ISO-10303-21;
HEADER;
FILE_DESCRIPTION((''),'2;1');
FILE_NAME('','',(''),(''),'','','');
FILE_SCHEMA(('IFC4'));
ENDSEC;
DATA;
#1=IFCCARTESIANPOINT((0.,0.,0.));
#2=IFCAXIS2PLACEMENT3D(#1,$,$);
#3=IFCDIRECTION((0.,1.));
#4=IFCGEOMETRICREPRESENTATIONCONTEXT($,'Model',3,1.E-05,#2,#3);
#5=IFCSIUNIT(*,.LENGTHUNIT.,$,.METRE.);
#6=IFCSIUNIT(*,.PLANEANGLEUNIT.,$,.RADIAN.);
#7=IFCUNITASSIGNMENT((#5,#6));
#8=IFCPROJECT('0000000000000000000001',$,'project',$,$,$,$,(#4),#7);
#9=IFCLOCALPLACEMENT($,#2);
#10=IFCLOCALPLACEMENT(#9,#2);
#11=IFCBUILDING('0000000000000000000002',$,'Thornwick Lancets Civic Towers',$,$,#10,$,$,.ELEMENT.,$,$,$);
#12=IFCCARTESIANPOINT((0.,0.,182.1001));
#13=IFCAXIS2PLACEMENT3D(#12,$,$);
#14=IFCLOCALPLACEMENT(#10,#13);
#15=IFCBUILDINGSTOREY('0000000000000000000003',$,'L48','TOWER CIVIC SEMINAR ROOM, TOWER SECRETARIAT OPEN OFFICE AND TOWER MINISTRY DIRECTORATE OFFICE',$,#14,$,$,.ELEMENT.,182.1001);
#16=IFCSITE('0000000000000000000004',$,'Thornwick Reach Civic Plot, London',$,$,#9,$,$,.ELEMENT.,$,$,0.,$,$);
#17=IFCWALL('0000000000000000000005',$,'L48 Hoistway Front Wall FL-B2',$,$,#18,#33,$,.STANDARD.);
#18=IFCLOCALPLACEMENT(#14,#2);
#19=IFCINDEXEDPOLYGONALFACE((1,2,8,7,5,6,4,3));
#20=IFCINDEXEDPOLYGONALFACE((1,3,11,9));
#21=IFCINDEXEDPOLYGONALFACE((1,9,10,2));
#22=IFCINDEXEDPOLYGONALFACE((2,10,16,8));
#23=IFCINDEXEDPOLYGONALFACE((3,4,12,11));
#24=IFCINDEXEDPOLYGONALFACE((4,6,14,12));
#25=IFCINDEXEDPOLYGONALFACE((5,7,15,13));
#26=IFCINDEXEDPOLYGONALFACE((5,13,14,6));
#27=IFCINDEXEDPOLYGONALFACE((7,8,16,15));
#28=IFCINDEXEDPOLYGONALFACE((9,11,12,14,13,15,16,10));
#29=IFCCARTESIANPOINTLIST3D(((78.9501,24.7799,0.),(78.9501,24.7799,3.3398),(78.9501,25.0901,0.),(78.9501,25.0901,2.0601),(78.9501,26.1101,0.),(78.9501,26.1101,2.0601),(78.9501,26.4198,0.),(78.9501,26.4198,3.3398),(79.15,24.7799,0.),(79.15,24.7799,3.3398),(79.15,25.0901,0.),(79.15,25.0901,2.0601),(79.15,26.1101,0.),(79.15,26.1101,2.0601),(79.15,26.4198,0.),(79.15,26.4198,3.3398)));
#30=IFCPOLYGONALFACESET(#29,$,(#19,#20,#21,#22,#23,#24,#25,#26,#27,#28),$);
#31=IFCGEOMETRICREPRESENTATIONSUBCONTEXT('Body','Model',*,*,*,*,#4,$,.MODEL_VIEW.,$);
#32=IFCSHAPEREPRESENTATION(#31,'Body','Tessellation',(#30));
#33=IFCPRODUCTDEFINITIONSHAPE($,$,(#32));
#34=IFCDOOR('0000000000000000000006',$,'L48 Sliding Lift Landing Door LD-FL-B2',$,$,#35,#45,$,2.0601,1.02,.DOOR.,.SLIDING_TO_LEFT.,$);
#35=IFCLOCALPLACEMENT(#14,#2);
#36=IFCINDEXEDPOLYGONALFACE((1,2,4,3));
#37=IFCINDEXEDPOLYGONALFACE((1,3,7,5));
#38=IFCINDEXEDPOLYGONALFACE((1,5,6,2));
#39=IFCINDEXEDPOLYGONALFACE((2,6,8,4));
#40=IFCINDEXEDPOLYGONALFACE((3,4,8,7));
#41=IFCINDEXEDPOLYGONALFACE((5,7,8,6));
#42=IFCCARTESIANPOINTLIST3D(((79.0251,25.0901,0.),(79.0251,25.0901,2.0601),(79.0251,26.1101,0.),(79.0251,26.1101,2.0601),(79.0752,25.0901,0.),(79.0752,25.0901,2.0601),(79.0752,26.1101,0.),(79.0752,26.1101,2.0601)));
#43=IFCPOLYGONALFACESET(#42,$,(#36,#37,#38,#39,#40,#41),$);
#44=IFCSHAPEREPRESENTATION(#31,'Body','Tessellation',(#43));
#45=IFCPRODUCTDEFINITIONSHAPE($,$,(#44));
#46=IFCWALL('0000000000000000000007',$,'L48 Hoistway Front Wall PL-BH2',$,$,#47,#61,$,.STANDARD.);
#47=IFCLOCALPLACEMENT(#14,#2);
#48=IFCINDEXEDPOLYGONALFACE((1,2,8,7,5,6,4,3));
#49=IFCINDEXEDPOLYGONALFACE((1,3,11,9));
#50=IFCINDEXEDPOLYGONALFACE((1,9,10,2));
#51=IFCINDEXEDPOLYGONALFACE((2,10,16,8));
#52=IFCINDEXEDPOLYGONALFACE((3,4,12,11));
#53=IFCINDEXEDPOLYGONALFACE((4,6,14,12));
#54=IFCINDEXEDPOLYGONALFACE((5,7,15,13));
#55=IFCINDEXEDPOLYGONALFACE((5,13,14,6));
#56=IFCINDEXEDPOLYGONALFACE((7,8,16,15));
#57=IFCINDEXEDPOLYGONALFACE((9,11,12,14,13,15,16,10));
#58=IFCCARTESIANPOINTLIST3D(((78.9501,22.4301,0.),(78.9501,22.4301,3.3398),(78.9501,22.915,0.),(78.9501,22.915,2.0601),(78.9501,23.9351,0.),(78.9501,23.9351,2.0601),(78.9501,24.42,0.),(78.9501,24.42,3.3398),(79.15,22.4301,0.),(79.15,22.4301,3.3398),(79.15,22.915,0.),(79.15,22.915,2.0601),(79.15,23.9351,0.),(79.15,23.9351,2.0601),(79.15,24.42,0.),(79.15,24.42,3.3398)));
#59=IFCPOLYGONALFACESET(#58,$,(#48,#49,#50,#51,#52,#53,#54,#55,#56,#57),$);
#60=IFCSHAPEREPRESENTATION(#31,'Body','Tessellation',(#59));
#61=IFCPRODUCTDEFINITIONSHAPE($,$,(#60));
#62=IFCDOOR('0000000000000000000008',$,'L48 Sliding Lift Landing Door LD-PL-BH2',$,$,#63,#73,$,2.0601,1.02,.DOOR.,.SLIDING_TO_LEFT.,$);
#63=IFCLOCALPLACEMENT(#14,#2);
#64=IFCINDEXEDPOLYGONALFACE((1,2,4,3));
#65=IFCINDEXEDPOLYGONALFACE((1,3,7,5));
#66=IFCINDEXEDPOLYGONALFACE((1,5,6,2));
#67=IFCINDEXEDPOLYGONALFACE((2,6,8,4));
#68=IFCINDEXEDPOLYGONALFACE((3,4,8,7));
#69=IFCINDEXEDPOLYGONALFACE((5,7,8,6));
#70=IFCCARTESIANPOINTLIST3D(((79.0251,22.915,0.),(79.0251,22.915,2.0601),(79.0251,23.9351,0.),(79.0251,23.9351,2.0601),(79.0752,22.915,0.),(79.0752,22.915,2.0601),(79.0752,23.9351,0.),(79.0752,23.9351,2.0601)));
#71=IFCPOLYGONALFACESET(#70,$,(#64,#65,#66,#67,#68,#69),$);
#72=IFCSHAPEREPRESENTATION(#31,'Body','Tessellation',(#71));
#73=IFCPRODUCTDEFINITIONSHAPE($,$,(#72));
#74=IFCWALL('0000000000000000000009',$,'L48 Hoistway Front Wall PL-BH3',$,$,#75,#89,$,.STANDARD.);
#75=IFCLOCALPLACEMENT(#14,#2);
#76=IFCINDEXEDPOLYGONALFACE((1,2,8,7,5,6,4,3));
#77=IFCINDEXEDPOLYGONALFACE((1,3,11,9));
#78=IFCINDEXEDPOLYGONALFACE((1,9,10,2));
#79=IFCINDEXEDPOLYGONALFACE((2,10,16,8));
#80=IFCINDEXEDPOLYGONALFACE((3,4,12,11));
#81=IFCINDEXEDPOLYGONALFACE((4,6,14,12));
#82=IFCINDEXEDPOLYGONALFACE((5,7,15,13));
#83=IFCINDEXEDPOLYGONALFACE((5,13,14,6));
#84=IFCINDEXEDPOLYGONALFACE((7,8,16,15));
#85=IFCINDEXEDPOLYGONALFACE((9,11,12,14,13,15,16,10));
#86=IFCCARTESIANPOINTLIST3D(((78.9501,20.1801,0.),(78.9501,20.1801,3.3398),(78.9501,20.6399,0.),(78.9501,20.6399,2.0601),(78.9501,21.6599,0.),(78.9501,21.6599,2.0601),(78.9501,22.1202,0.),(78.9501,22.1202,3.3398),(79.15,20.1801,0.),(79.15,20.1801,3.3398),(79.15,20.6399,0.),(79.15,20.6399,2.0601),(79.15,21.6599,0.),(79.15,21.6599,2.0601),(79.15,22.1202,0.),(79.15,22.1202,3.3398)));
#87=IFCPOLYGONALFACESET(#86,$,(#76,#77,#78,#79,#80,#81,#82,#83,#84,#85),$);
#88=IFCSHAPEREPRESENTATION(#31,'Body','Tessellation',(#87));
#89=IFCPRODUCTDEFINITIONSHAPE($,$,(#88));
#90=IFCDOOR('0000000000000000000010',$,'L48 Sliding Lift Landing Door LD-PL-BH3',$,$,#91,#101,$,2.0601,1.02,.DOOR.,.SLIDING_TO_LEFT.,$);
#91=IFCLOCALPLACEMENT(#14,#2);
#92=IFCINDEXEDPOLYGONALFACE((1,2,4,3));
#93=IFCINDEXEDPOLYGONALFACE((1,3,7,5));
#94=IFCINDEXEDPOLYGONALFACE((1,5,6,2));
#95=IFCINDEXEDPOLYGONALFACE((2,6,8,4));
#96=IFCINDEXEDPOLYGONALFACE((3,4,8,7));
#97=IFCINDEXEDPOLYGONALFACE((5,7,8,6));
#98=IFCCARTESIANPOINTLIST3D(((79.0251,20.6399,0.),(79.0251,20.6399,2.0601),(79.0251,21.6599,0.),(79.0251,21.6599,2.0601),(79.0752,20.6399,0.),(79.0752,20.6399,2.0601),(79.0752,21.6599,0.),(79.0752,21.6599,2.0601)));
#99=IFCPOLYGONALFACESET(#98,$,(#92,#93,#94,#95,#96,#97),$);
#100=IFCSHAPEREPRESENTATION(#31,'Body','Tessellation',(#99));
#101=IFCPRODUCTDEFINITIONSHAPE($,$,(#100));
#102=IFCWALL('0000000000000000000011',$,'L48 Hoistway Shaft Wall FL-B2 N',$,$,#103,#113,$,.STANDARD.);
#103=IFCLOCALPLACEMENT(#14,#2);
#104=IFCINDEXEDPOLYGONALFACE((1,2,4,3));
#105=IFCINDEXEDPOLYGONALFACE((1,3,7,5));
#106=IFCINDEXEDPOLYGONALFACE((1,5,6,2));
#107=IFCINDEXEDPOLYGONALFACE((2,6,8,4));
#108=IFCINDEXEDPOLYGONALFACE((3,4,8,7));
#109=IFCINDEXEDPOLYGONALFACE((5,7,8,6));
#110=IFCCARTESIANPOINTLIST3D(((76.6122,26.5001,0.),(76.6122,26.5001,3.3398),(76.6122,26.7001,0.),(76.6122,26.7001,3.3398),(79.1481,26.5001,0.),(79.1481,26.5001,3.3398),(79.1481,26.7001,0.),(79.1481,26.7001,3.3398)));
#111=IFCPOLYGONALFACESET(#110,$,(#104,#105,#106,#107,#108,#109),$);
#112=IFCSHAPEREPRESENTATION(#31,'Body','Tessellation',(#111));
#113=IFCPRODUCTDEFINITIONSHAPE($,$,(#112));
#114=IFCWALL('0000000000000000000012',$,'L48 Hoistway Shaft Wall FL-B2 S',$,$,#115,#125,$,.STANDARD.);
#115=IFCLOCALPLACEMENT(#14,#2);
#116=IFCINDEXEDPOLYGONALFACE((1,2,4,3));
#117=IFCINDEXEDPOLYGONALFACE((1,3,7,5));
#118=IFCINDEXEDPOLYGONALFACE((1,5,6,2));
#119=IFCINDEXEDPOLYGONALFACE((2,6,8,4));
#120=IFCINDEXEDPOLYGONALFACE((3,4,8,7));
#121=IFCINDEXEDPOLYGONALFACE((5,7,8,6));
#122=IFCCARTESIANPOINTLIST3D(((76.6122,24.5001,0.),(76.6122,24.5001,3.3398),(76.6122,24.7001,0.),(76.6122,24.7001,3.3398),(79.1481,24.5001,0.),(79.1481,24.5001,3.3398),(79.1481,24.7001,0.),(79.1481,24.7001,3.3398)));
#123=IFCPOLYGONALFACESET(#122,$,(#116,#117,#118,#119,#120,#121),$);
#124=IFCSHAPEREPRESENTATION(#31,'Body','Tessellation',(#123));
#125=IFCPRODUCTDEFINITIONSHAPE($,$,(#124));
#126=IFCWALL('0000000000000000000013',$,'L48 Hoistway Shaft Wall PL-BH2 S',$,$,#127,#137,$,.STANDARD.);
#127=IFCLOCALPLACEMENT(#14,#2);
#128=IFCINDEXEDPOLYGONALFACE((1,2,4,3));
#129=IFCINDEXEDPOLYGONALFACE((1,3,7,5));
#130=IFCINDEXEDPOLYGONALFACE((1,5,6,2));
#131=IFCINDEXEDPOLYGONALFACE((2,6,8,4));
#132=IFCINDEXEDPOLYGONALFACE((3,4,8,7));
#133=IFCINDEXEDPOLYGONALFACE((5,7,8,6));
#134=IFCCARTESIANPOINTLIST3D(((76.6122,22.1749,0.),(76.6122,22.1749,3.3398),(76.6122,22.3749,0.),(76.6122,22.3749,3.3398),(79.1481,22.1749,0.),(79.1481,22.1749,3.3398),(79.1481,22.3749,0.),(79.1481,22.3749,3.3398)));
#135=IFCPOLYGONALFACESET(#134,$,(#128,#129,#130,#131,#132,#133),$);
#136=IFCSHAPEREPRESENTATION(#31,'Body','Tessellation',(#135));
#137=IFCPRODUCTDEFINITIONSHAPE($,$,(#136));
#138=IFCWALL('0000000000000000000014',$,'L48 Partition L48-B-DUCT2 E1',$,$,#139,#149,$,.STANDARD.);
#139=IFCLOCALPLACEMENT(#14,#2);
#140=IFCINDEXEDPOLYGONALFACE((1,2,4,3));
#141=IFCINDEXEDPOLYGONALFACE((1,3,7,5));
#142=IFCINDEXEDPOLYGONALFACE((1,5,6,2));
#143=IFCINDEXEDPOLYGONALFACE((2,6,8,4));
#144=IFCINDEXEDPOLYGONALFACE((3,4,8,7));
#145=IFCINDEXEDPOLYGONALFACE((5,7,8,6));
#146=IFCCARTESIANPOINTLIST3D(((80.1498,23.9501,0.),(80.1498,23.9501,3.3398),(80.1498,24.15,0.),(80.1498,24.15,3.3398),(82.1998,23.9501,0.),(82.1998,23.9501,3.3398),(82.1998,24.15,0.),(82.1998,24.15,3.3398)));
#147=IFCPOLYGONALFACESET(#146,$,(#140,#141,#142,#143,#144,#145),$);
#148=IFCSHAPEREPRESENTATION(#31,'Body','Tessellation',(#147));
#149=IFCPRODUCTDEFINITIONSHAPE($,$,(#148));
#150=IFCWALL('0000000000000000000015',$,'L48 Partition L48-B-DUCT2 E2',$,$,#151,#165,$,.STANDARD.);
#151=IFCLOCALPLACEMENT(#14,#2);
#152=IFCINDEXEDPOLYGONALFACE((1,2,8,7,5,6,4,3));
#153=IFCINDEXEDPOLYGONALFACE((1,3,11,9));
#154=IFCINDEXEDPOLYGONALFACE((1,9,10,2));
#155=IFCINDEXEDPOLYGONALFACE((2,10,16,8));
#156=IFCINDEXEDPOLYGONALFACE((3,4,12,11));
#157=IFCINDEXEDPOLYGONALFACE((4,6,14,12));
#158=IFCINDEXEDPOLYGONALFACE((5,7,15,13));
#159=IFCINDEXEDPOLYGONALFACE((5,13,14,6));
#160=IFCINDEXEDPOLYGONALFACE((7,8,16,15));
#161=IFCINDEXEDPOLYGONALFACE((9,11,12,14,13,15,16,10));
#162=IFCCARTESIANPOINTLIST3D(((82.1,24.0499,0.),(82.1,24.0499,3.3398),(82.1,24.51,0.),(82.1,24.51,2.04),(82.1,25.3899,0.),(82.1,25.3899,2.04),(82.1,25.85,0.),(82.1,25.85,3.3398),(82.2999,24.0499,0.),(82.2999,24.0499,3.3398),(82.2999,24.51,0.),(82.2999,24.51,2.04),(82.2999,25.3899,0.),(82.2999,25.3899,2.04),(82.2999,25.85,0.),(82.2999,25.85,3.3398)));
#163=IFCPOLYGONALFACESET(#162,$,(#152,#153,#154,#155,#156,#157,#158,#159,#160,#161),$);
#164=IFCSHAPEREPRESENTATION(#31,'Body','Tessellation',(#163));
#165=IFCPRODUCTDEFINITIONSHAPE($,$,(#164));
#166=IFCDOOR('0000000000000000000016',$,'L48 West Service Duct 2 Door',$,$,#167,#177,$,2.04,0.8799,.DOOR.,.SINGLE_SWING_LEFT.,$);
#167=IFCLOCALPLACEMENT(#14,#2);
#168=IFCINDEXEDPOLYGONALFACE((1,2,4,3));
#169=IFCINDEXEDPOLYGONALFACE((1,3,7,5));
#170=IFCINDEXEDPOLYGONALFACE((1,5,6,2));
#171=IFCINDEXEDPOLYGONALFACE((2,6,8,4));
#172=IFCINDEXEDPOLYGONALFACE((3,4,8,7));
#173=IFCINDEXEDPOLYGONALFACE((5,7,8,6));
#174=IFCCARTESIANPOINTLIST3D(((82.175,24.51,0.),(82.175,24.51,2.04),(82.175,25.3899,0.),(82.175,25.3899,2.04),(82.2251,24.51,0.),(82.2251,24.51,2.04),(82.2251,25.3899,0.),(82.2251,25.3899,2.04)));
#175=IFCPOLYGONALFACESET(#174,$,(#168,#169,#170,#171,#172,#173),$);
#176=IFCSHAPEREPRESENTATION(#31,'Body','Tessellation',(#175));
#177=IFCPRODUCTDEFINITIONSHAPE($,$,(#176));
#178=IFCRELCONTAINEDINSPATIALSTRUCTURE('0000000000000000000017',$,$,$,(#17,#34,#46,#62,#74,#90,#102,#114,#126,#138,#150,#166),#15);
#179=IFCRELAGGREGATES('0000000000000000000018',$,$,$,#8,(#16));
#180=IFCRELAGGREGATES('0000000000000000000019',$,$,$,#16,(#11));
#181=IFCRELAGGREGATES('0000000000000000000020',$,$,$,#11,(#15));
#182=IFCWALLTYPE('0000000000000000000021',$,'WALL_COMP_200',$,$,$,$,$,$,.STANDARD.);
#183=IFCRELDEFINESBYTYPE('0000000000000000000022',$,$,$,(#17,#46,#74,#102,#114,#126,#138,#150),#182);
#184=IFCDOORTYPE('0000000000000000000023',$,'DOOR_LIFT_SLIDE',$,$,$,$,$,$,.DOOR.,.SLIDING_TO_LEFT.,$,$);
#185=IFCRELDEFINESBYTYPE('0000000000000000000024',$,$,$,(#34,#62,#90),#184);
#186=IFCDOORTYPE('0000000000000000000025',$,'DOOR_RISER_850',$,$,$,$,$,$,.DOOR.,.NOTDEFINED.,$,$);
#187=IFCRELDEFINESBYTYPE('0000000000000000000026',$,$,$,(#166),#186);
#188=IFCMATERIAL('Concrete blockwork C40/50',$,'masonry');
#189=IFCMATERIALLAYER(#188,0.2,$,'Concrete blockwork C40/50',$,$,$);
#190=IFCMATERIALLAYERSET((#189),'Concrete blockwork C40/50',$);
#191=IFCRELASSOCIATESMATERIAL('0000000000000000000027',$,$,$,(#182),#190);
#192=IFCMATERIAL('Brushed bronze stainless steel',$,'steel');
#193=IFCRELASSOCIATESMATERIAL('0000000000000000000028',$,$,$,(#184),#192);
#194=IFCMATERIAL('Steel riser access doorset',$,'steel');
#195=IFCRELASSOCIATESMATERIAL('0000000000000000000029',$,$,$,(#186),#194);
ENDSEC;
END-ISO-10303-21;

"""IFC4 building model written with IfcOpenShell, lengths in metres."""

from ifc_helpers import new_model, si_unit, direction, frame, frame_2d, origin, place, context, subcontext, project, spatial, rectangle, extrude, material, layer, layer_set, type_object, element, fill, save


model = new_model("IFC4")

# Units and contexts
model_context = context("Model", 3, precision=1e-05, world=origin(), true_north=direction((0.0, 1.0)))
body_context = subcontext(model_context, "Body", "Model", "MODEL_VIEW")
ifc_project = project(units=[si_unit("LENGTHUNIT", "METRE"), si_unit("PLANEANGLEUNIT", "RADIAN")], contexts=[model_context])

# Site, building, storey
site_placement = place(None, origin())
site = spatial("IfcSite", under=ifc_project, at=site_placement, Name="Thornwick Reach Civic Plot, London", CompositionType="ELEMENT", RefElevation=0.0)
building_placement = place(site_placement, origin())
building = spatial("IfcBuilding", under=site, at=building_placement, Name="Thornwick Lancets Civic Towers", CompositionType="ELEMENT")
storey_placement = place(building_placement, frame((0.0, 0.0, 182.1001)))
storey = spatial("IfcBuildingStorey", under=building, at=storey_placement, Name="L48", Description="TOWER CIVIC SEMINAR ROOM, TOWER SECRETARIAT OPEN OFFICE AND TOWER MINISTRY DIRECTORATE OFFICE", CompositionType="ELEMENT", Elevation=182.1001)

# Walls, openings, doors
ifc_material_1 = material(Name="Concrete blockwork C40/50", Category="masonry")
ifc_layer_1 = layer(ifc_material_1, 0.2, Name="Concrete blockwork C40/50")
ifc_layer_set_1 = layer_set([ifc_layer_1], Name="Concrete blockwork C40/50")
wall_type_1 = type_object("IfcWallType", Name="WALL_COMP_200", PredefinedType="STANDARD", material=ifc_layer_set_1)
wall_1_placement = place(storey_placement, frame((79.05, 24.78, 0.0), z_axis=(0.0, 0.0, 1.0), x_axis=(0.0, 1.0, 0.0)))
wall_1 = element("IfcWall", 1, at=wall_1_placement, inside=storey, type_object=wall_type_1, Name="L48 Hoistway Front Wall FL-B2", PredefinedType="STANDARD", context=body_context, shape_type="SweptSolid", body=[
    extrude(rectangle(XDim=1.6399, YDim=0.2, at=frame_2d((0.8198, 0.0))), origin(), (0.0, 0.0, 1.0), 3.3398),
])
opening_1_placement = place(wall_1_placement, frame((0.3101, 0.0, 0.0)))
opening_1 = element("IfcOpeningElement", 2, at=opening_1_placement, cuts=wall_1, PredefinedType="OPENING", context=body_context, shape_type="SweptSolid", body=[
    extrude(rectangle(XDim=1.02, YDim=2.0601, at=frame_2d((0.51, 1.03))), frame((0.0, 0.1099, 0.0), z_axis=(0.0, -1.0, 0.0), x_axis=(1.0, 0.0, 0.0)), (0.0, 0.0, 1.0), 0.22),
])
ifc_material_2 = material(Name="Brushed bronze stainless steel", Category="steel")
door_type_1 = type_object("IfcDoorType", Name="DOOR_LIFT_SLIDE", OperationType="SLIDING_TO_LEFT", PredefinedType="DOOR", material=ifc_material_2)
door_1_placement = place(opening_1_placement, origin())
door_1 = element("IfcDoor", 3, at=door_1_placement, inside=storey, type_object=door_type_1, Name="L48 Sliding Lift Landing Door LD-FL-B2", OperationType="SLIDING_TO_LEFT", OverallHeight=2.0601, OverallWidth=1.02, PredefinedType="DOOR", context=body_context, shape_type="SweptSolid", body=[
    extrude(rectangle(XDim=1.02, YDim=2.0601, at=frame_2d((0.51, 1.03))), frame((0.0, 0.0249, 0.0), z_axis=(0.0, -1.0, 0.0), x_axis=(1.0, 0.0, 0.0)), (0.0, 0.0, 1.0), 0.05),
])
fill(opening_1, door_1)
wall_2_placement = place(storey_placement, frame((79.05, 22.4299, 0.0), z_axis=(0.0, 0.0, 1.0), x_axis=(0.0, 1.0, 0.0)))
wall_2 = element("IfcWall", 4, at=wall_2_placement, inside=storey, type_object=wall_type_1, Name="L48 Hoistway Front Wall PL-BH2", PredefinedType="STANDARD", context=body_context, shape_type="SweptSolid", body=[
    extrude(rectangle(XDim=1.99, YDim=0.2, at=frame_2d((0.9951, 0.0))), origin(), (0.0, 0.0, 1.0), 3.3398),
])
opening_2_placement = place(wall_2_placement, frame((0.4851, 0.0, 0.0)))
opening_2 = element("IfcOpeningElement", 5, at=opening_2_placement, cuts=wall_2, PredefinedType="OPENING", context=body_context, shape_type="SweptSolid", body=[
    extrude(rectangle(XDim=1.02, YDim=2.0601, at=frame_2d((0.51, 1.03))), frame((0.0, 0.1099, 0.0), z_axis=(0.0, -1.0, 0.0), x_axis=(1.0, 0.0, 0.0)), (0.0, 0.0, 1.0), 0.22),
])
door_2_placement = place(opening_2_placement, origin())
door_2 = element("IfcDoor", 6, at=door_2_placement, inside=storey, type_object=door_type_1, Name="L48 Sliding Lift Landing Door LD-PL-BH2", OperationType="SLIDING_TO_LEFT", OverallHeight=2.0601, OverallWidth=1.02, PredefinedType="DOOR", context=body_context, shape_type="SweptSolid", body=[
    extrude(rectangle(XDim=1.02, YDim=2.0601, at=frame_2d((0.51, 1.03))), frame((0.0, 0.0249, 0.0), z_axis=(0.0, -1.0, 0.0), x_axis=(1.0, 0.0, 0.0)), (0.0, 0.0, 1.0), 0.05),
])
fill(opening_2, door_2)
wall_3_placement = place(storey_placement, frame((79.05, 20.1799, 0.0), z_axis=(0.0, 0.0, 1.0), x_axis=(0.0, 1.0, 0.0)))
wall_3 = element("IfcWall", 7, at=wall_3_placement, inside=storey, type_object=wall_type_1, Name="L48 Hoistway Front Wall PL-BH3", PredefinedType="STANDARD", context=body_context, shape_type="SweptSolid", body=[
    extrude(rectangle(XDim=1.9402, YDim=0.2, at=frame_2d((0.9702, 0.0))), origin(), (0.0, 0.0, 1.0), 3.3398),
])
opening_3_placement = place(wall_3_placement, frame((0.46, 0.0, 0.0)))
opening_3 = element("IfcOpeningElement", 8, at=opening_3_placement, cuts=wall_3, PredefinedType="OPENING", context=body_context, shape_type="SweptSolid", body=[
    extrude(rectangle(XDim=1.02, YDim=2.0601, at=frame_2d((0.51, 1.03))), frame((0.0, 0.1099, 0.0), z_axis=(0.0, -1.0, 0.0), x_axis=(1.0, 0.0, 0.0)), (0.0, 0.0, 1.0), 0.22),
])
door_3_placement = place(opening_3_placement, origin())
door_3 = element("IfcDoor", 9, at=door_3_placement, inside=storey, type_object=door_type_1, Name="L48 Sliding Lift Landing Door LD-PL-BH3", OperationType="SLIDING_TO_LEFT", OverallHeight=2.0601, OverallWidth=1.02, PredefinedType="DOOR", context=body_context, shape_type="SweptSolid", body=[
    extrude(rectangle(XDim=1.02, YDim=2.0601, at=frame_2d((0.51, 1.03))), frame((0.0, 0.0249, 0.0), z_axis=(0.0, -1.0, 0.0), x_axis=(1.0, 0.0, 0.0)), (0.0, 0.0, 1.0), 0.05),
])
fill(opening_3, door_3)

# Walls
for number, where, z_axis, x_axis, name in (
    (10, (76.6121, 26.6001, 0.0), (0.0, 0.0, 1.0), (1.0, 0.0, 0.0), "L48 Hoistway Shaft Wall FL-B2 N"),
    (11, (76.6121, 24.6001, 0.0), (0.0, 0.0, 1.0), (1.0, 0.0, 0.0), "L48 Hoistway Shaft Wall FL-B2 S"),
    (12, (76.6121, 22.2749, 0.0), (0.0, 0.0, 1.0), (1.0, 0.0, 0.0), "L48 Hoistway Shaft Wall PL-BH2 S"),
):
    element("IfcWall", number, at=place(storey_placement, frame(where, z_axis=z_axis, x_axis=x_axis)), inside=storey, type_object=wall_type_1, Name=name, PredefinedType="STANDARD", context=body_context, shape_type="SweptSolid", body=[
        extrude(rectangle(XDim=2.5359, YDim=0.2, at=frame_2d((1.2681, 0.0))), origin(), (0.0, 0.0, 1.0), 3.3398),
    ])
wall_4_placement = place(storey_placement, frame((80.1499, 24.05, 0.0), z_axis=(0.0, 0.0, 1.0), x_axis=(1.0, 0.0, 0.0)))
element("IfcWall", 13, at=wall_4_placement, inside=storey, type_object=wall_type_1, Name="L48 Partition L48-B-DUCT2 E1", PredefinedType="STANDARD", context=body_context, shape_type="SweptSolid", body=[
    extrude(rectangle(XDim=2.05, YDim=0.2, at=frame_2d((1.0249, 0.0))), origin(), (0.0, 0.0, 1.0), 3.3398),
])

# Wall, opening, door
wall_5_placement = place(storey_placement, frame((82.2, 24.05, 0.0), z_axis=(0.0, 0.0, 1.0), x_axis=(0.0, 1.0, 0.0)))
wall_5 = element("IfcWall", 14, at=wall_5_placement, inside=storey, type_object=wall_type_1, Name="L48 Partition L48-B-DUCT2 E2", PredefinedType="STANDARD", context=body_context, shape_type="SweptSolid", body=[
    extrude(rectangle(XDim=1.8, YDim=0.2, at=frame_2d((0.8999, 0.0))), origin(), (0.0, 0.0, 1.0), 3.3398),
])
opening_4_placement = place(wall_5_placement, frame((0.46, 0.0, 0.0)))
opening_4 = element("IfcOpeningElement", 15, at=opening_4_placement, cuts=wall_5, PredefinedType="OPENING", context=body_context, shape_type="SweptSolid", body=[
    extrude(rectangle(XDim=0.8799, YDim=2.04, at=frame_2d((0.4399, 1.02))), frame((0.0, 0.1099, 0.0), z_axis=(0.0, -1.0, 0.0), x_axis=(1.0, 0.0, 0.0)), (0.0, 0.0, 1.0), 0.22),
])
ifc_material_3 = material(Name="Steel riser access doorset", Category="steel")
door_type_2 = type_object("IfcDoorType", Name="DOOR_RISER_850", OperationType="NOTDEFINED", PredefinedType="DOOR", material=ifc_material_3)
door_4_placement = place(opening_4_placement, origin())
door_4 = element("IfcDoor", 16, at=door_4_placement, inside=storey, type_object=door_type_2, Name="L48 West Service Duct 2 Door", OperationType="SINGLE_SWING_LEFT", OverallHeight=2.04, OverallWidth=0.8799, PredefinedType="DOOR", context=body_context, shape_type="SweptSolid", body=[
    extrude(rectangle(XDim=0.8799, YDim=2.04, at=frame_2d((0.4399, 1.02))), frame((0.0, 0.0249, 0.0), z_axis=(0.0, -1.0, 0.0), x_axis=(1.0, 0.0, 0.0)), (0.0, 0.0, 1.0), 0.05),
])
fill(opening_4, door_4)

save(model, "model.ifc")
